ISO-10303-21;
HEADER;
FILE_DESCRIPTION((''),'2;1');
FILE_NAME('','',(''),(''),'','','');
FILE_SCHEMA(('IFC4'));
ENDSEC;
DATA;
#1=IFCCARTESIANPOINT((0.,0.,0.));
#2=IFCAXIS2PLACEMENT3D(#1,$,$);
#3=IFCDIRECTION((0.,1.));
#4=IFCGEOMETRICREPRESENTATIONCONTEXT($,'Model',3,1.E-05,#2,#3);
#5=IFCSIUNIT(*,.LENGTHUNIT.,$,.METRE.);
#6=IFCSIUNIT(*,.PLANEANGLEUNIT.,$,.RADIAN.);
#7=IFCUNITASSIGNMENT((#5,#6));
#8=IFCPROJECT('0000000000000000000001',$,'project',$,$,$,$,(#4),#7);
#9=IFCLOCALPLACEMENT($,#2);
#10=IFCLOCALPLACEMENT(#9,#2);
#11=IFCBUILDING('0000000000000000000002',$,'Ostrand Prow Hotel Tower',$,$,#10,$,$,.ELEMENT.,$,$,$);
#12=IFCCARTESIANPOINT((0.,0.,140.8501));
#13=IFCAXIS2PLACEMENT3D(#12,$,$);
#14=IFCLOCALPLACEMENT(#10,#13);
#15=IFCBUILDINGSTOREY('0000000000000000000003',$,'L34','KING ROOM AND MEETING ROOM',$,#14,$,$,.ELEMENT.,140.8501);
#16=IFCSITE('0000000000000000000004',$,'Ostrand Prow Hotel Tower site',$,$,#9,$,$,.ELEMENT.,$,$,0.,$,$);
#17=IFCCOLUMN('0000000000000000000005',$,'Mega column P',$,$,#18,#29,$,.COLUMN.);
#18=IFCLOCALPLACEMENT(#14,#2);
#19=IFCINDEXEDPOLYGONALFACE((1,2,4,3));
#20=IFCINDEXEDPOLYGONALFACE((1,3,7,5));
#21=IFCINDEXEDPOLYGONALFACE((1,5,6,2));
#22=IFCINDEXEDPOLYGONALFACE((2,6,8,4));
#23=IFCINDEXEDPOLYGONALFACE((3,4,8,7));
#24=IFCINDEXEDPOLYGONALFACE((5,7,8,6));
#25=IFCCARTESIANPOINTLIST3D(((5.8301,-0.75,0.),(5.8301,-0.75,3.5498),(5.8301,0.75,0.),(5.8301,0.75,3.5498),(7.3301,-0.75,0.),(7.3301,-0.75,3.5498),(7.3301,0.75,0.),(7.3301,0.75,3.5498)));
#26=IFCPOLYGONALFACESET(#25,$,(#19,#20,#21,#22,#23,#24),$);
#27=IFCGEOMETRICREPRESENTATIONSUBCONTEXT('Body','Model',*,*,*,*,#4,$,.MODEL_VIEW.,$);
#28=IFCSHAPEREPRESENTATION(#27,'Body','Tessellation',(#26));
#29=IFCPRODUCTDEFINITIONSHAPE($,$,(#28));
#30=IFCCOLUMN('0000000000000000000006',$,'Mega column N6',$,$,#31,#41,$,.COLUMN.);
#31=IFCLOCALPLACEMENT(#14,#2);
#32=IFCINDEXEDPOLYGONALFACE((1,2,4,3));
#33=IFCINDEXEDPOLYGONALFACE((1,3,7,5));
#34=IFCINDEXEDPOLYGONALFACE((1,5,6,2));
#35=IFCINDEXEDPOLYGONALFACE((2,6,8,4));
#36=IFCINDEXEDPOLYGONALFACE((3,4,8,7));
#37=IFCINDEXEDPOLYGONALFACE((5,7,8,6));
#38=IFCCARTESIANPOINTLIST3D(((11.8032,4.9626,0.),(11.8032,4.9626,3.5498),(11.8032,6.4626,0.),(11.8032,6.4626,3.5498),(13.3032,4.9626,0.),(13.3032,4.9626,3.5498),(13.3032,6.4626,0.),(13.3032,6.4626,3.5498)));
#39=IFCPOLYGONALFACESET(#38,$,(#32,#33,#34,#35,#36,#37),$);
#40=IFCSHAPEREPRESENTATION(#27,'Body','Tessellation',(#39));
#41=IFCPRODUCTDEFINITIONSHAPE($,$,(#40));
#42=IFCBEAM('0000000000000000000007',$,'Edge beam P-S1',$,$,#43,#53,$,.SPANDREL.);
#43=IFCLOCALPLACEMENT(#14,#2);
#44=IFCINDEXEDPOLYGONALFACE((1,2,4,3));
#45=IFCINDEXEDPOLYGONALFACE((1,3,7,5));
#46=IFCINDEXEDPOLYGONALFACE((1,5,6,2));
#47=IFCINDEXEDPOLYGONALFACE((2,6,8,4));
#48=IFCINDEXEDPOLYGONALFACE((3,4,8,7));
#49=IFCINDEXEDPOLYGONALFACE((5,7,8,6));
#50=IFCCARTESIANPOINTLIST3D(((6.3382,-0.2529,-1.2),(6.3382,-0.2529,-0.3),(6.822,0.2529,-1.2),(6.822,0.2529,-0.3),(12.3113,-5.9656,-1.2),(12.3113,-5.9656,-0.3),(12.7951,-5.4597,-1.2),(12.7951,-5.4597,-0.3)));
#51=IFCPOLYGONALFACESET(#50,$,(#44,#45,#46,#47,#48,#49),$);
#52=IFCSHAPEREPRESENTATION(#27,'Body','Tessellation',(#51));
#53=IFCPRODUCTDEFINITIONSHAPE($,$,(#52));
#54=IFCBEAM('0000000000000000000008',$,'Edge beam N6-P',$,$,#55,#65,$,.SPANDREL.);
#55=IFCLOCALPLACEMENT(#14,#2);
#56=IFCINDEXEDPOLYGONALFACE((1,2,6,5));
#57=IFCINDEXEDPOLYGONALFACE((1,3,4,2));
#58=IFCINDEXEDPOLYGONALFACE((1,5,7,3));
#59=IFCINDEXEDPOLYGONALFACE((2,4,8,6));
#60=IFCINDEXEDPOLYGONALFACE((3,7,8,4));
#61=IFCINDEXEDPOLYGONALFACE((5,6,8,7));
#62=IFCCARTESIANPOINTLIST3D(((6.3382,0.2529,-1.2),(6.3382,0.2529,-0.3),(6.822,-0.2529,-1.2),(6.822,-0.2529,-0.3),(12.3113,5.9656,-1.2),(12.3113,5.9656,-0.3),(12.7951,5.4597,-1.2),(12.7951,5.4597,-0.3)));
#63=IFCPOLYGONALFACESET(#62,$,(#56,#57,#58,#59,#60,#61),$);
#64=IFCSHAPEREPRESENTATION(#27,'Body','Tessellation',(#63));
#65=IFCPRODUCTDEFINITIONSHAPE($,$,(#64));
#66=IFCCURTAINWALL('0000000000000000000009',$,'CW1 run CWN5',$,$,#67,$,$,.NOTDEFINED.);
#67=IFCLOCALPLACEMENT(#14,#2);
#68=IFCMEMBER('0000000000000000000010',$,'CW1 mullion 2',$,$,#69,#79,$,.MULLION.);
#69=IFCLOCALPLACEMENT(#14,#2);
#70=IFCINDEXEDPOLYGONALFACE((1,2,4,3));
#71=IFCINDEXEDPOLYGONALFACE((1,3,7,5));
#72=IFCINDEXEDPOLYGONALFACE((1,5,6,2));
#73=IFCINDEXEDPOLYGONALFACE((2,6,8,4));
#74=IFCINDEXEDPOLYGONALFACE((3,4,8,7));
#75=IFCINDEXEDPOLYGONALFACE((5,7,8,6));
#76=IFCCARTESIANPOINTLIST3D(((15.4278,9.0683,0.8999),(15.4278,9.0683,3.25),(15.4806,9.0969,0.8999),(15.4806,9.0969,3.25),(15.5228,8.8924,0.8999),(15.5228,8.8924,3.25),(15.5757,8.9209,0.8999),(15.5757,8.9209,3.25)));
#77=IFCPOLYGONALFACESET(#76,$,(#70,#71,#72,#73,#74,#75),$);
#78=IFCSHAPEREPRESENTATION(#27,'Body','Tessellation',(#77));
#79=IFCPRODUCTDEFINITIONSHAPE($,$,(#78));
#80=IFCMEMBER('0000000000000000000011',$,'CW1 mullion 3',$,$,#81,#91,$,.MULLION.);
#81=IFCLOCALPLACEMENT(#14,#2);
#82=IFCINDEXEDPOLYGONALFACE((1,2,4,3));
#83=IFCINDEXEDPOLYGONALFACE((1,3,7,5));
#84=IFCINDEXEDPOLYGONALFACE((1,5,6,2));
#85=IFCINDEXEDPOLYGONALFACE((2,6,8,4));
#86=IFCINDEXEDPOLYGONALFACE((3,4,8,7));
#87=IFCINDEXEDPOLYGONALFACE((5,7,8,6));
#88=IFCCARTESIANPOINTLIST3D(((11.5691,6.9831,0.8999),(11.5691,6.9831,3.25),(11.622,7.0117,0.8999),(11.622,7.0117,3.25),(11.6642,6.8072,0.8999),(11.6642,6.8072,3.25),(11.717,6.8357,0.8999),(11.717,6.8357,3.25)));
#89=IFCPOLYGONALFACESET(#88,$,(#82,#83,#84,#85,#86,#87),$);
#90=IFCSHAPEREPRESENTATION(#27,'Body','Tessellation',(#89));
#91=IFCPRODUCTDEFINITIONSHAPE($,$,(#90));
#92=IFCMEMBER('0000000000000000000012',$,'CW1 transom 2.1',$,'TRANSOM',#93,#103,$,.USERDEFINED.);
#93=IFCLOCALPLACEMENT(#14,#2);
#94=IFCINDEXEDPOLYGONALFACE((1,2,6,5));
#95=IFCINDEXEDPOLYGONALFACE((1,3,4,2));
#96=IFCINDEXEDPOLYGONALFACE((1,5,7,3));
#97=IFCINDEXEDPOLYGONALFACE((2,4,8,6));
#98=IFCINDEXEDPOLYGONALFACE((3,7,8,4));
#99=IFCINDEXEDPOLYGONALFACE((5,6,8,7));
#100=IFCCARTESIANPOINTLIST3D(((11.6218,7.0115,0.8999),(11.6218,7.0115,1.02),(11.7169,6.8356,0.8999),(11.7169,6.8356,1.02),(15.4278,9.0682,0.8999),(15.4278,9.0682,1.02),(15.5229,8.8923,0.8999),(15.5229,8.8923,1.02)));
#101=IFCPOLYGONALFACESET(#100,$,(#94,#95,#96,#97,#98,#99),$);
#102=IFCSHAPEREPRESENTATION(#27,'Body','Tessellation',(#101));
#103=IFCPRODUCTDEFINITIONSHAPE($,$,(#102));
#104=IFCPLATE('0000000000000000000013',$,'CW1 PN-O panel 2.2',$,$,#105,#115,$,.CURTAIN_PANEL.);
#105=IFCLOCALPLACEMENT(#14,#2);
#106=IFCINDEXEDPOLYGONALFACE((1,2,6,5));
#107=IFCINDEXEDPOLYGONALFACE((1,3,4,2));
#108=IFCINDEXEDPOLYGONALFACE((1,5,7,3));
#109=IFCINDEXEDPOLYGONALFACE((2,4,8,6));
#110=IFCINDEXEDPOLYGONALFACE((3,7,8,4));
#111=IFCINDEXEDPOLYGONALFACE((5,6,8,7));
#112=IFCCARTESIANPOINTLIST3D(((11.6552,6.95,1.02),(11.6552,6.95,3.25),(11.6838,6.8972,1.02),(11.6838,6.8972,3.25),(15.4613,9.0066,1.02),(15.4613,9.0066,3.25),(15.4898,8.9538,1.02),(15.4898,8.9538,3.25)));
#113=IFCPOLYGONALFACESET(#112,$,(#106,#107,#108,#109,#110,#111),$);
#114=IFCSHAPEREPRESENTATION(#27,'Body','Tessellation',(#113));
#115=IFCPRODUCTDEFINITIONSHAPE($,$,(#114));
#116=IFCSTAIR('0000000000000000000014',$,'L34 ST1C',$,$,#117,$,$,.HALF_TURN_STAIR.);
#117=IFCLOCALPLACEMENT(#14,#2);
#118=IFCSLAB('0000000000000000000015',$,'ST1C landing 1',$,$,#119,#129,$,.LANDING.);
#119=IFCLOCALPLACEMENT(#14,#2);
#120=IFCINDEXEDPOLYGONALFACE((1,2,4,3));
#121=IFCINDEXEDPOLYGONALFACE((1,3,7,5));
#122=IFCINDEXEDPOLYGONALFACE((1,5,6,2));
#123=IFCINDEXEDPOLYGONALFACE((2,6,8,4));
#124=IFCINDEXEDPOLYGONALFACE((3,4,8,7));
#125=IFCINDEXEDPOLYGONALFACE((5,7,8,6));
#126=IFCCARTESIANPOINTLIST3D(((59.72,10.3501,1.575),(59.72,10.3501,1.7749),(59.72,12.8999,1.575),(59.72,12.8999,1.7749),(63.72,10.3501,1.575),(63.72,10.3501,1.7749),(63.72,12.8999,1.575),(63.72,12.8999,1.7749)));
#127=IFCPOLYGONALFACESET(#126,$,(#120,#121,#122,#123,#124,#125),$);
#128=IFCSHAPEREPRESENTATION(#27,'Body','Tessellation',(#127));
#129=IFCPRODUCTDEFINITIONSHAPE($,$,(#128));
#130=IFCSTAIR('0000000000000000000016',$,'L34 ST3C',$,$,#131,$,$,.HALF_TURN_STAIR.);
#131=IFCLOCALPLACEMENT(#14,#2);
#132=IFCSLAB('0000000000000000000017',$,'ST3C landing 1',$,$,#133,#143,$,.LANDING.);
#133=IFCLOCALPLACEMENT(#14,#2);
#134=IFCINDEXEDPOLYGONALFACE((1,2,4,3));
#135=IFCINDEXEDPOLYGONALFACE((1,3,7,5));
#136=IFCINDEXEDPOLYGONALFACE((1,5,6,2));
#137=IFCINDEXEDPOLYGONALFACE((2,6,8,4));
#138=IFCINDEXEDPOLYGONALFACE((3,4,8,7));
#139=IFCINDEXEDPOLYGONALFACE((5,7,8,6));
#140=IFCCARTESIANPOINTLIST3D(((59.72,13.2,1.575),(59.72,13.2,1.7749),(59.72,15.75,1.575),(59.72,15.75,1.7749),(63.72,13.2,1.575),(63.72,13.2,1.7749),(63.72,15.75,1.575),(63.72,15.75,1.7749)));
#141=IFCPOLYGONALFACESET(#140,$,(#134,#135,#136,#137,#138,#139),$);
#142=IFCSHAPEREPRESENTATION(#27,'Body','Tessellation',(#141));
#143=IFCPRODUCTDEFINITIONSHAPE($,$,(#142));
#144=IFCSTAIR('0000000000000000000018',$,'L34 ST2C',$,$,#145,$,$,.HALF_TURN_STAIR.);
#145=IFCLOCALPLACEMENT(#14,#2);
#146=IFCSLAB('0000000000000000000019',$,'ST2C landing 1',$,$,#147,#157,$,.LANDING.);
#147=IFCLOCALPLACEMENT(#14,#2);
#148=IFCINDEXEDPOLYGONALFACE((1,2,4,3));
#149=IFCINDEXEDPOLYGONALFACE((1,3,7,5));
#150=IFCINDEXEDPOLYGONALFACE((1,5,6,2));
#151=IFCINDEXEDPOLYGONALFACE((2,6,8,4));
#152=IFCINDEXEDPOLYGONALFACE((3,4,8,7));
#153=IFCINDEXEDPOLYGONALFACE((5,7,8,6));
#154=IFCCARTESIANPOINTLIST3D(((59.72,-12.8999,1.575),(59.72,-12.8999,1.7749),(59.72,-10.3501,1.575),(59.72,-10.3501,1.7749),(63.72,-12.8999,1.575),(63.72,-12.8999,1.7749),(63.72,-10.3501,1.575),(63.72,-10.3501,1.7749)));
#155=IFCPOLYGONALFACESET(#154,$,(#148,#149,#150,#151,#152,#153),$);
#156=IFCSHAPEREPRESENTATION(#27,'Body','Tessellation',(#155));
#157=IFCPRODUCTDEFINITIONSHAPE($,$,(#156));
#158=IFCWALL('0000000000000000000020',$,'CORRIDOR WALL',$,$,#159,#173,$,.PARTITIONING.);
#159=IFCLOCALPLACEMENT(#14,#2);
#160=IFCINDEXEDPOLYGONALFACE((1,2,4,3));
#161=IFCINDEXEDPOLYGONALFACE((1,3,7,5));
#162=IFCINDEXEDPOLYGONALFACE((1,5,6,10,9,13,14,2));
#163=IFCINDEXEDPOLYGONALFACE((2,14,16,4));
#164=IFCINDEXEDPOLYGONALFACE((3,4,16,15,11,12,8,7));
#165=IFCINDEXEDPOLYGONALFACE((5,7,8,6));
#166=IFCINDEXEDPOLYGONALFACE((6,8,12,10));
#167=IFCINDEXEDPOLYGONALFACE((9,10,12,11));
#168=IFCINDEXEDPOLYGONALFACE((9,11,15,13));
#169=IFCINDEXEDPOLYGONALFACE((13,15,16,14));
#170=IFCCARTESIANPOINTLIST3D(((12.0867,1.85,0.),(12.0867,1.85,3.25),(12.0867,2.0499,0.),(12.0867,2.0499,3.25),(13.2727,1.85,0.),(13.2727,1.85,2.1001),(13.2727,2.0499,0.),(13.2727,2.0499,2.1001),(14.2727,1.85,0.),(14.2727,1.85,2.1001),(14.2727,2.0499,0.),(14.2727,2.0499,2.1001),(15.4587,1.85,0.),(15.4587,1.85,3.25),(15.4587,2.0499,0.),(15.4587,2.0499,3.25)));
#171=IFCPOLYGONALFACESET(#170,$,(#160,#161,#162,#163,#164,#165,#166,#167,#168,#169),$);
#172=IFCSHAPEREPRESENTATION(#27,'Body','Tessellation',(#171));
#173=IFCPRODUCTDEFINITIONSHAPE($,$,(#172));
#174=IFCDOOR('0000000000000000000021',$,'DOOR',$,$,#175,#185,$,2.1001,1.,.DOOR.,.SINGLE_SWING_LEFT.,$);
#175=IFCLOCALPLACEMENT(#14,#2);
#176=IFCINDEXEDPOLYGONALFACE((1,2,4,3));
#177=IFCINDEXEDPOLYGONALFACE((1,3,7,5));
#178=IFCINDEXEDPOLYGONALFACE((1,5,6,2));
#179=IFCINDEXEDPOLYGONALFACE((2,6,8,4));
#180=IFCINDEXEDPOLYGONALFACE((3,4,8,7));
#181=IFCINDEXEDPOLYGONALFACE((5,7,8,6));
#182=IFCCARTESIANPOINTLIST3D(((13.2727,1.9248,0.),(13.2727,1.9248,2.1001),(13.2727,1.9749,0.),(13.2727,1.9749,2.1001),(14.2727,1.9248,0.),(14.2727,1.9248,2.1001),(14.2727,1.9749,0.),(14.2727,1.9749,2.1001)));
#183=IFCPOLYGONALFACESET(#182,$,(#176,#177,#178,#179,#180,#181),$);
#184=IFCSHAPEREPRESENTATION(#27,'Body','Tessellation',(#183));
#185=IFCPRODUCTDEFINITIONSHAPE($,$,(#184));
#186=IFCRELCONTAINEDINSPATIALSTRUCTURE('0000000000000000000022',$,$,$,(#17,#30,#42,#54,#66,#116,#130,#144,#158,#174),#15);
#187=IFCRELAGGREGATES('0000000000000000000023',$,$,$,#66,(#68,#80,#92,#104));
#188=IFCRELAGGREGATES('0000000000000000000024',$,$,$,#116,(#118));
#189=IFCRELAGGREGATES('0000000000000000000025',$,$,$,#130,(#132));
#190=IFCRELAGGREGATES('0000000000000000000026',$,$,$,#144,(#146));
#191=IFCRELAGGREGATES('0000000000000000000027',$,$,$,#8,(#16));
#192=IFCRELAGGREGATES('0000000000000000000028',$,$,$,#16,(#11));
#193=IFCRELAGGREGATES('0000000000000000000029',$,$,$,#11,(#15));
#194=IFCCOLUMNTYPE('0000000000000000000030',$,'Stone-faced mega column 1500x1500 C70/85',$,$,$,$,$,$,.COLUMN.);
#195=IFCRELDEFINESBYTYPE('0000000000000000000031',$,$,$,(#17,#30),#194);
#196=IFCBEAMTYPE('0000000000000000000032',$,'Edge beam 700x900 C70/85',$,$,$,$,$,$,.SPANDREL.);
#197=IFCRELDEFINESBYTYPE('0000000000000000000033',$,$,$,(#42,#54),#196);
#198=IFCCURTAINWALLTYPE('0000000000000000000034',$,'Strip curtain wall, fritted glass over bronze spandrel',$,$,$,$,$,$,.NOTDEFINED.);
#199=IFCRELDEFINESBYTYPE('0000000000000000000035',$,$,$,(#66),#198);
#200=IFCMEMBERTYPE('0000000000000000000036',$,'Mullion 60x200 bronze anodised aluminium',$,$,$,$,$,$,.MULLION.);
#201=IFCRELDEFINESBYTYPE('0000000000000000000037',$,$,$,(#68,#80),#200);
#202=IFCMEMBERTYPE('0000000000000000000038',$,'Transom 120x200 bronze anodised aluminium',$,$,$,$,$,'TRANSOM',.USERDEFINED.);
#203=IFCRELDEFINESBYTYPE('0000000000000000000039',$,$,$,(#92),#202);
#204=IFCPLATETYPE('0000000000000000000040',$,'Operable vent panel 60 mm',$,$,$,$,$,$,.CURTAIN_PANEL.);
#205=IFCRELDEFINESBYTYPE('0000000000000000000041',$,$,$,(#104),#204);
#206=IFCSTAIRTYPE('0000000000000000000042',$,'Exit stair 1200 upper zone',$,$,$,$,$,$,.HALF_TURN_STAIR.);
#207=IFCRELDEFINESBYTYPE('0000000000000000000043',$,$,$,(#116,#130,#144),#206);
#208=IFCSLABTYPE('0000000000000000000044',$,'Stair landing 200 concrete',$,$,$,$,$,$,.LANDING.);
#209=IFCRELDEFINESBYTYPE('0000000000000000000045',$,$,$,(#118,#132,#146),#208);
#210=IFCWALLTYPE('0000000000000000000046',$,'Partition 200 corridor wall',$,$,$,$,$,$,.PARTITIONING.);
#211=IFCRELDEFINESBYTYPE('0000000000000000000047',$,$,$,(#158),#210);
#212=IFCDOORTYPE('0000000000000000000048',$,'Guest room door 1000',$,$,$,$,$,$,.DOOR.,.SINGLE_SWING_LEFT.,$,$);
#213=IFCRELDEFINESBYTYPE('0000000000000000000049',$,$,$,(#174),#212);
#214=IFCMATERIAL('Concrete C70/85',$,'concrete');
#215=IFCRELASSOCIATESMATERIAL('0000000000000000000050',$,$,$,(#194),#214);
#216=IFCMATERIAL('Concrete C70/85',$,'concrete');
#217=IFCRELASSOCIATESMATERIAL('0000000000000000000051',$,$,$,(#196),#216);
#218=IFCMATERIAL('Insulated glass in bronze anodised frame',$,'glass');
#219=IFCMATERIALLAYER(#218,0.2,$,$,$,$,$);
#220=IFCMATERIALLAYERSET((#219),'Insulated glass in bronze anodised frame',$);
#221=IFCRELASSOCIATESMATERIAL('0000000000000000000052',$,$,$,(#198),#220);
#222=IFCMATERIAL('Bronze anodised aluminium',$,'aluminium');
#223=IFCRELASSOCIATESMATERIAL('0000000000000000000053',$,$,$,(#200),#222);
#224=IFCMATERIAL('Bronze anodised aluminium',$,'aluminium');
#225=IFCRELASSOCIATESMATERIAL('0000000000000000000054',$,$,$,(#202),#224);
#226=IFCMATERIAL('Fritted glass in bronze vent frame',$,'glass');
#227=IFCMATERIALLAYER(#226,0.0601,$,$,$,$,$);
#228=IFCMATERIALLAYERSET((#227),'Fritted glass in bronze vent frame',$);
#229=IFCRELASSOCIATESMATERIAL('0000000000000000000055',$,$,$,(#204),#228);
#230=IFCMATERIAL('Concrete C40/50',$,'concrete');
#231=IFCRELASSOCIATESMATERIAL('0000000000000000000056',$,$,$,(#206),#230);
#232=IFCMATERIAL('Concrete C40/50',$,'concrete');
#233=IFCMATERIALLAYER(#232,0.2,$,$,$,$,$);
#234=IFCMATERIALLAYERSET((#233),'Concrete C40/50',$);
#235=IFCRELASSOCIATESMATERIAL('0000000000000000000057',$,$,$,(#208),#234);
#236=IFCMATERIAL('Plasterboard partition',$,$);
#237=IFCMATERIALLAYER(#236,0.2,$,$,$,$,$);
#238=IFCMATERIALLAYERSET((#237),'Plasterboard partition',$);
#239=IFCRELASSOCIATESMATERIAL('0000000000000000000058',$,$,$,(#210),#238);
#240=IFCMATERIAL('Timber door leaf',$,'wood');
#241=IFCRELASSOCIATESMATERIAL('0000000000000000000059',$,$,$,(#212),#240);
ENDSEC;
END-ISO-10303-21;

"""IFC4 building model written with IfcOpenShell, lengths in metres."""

from ifc_helpers import new_model, si_unit, direction, frame, frame_2d, origin, origin_2d, place, context, subcontext, project, spatial, polyline, rectangle, outline, extrude, material, layer, layer_set, material_profile, profile_set, type_object, element, fill, aggregate, save


model = new_model("IFC4")

# Units and contexts
model_context = context("Model", 3, precision=1e-05, world=origin(), true_north=direction((0.0, 1.0)))
body_context = subcontext(model_context, "Body", "Model", "MODEL_VIEW")
ifc_project = project(units=[si_unit("LENGTHUNIT", "METRE"), si_unit("PLANEANGLEUNIT", "RADIAN")], contexts=[model_context])

# Site, building, storey
site_placement = place(None, origin())
site = spatial("IfcSite", under=ifc_project, at=site_placement, Name="Ostrand Prow Hotel Tower site", CompositionType="ELEMENT", RefElevation=0.0)
building_placement = place(site_placement, origin())
building = spatial("IfcBuilding", under=site, at=building_placement, Name="Ostrand Prow Hotel Tower", CompositionType="ELEMENT")
storey_placement = place(building_placement, frame((0.0, 0.0, 140.8501)))
storey = spatial("IfcBuildingStorey", under=building, at=storey_placement, Name="L34", Description="KING ROOM AND MEETING ROOM", CompositionType="ELEMENT", Elevation=140.8501)

# Columns
ifc_material_1 = material(Name="Concrete C70/85", Category="concrete")
ifc_material_profile_1 = material_profile(ifc_material_1, rectangle(XDim=1.5, YDim=1.5, at=origin_2d()), Name="RC 1500x1500")
ifc_profile_set_1 = profile_set([ifc_material_profile_1], Name="Concrete C70/85")
column_type = type_object("IfcColumnType", Name="Stone-faced mega column 1500x1500 C70/85", PredefinedType="COLUMN", material=ifc_profile_set_1)
for number, where, z_axis, x_axis, name in (
    (1, (6.5801, 0.0, 0.0), (0.0, 0.0, 1.0), (1.0, 0.0, 0.0), "Mega column P"),
    (2, (12.5532, 5.7126, 0.0), (0.0, 0.0, 1.0), (1.0, 0.0, 0.0), "Mega column N6"),
):
    element("IfcColumn", number, at=place(storey_placement, frame(where, z_axis=z_axis, x_axis=x_axis)), inside=storey, type_object=column_type, Name=name, PredefinedType="COLUMN", context=body_context, shape_type="SweptSolid", body=[
        extrude(rectangle(XDim=1.5, YDim=1.5, at=origin_2d()), origin(), (0.0, 0.0, 1.0), 3.5498),
    ])

# Beams
ifc_material_2 = material(Name="Concrete C70/85", Category="concrete")
ifc_material_profile_2 = material_profile(ifc_material_2, rectangle(XDim=0.7, YDim=0.8999, at=origin_2d()), Name="RC 700x900")
ifc_profile_set_2 = profile_set([ifc_material_profile_2], Name="Concrete C70/85")
beam_type = type_object("IfcBeamType", Name="Edge beam 700x900 C70/85", PredefinedType="SPANDREL", material=ifc_profile_set_2)
for number, where, z_axis, x_axis, name in (
    (3, (6.5801, 0.0, -0.75), (0.72269, -0.691172, 0.0), (0.691172, 0.72269, 0.0), "Edge beam P-S1"),
    (4, (12.5532, 5.7126, -0.75), (-0.72269, -0.691172, 0.0), (0.691172, -0.72269, 0.0), "Edge beam N6-P"),
):
    element("IfcBeam", number, at=place(storey_placement, frame(where, z_axis=z_axis, x_axis=x_axis)), inside=storey, type_object=beam_type, Name=name, PredefinedType="SPANDREL", context=body_context, shape_type="SweptSolid", body=[
        extrude(rectangle(XDim=0.7, YDim=0.8999, at=origin_2d()), origin(), (0.0, 0.0, 1.0), 8.2651),
    ])

# Curtain wall, members, plate
ifc_material_3 = material(Name="Insulated glass in bronze anodised frame", Category="glass")
ifc_layer_1 = layer(ifc_material_3, 0.2)
ifc_layer_set_1 = layer_set([ifc_layer_1], Name="Insulated glass in bronze anodised frame")
curtain_wall_type = type_object("IfcCurtainWallType", Name="Strip curtain wall, fritted glass over bronze spandrel", PredefinedType="NOTDEFINED", material=ifc_layer_set_1)
curtain_wall_placement = place(storey_placement, origin())
curtain_wall = element("IfcCurtainWall", 5, at=curtain_wall_placement, inside=storey, type_object=curtain_wall_type, Name="CW1 run CWN5", PredefinedType="NOTDEFINED")
ifc_material_4 = material(Name="Bronze anodised aluminium", Category="aluminium")
ifc_material_profile_3 = material_profile(ifc_material_4, rectangle(XDim=0.2, YDim=0.0601, at=origin_2d()), Name="Mullion 60x200 bronze anodised aluminium")
ifc_profile_set_3 = profile_set([ifc_material_profile_3], Name="Bronze anodised aluminium")
member_type_1 = type_object("IfcMemberType", Name="Mullion 60x200 bronze anodised aluminium", PredefinedType="MULLION", material=ifc_profile_set_3)
member_1_placement = place(storey_placement, frame((15.5017, 8.9946, 0.8999), z_axis=(0.0, 0.0, 1.0), x_axis=(0.475394, -0.879773, 0.0)))
member_1 = element("IfcMember", 6, at=member_1_placement, type_object=member_type_1, Name="CW1 mullion 2", PredefinedType="MULLION", context=body_context, shape_type="SweptSolid", body=[
    extrude(rectangle(XDim=0.2, YDim=0.0601, at=origin_2d()), origin(), (0.0, 0.0, 1.0), 2.3501),
])
member_2_placement = place(storey_placement, frame((11.6431, 6.9094, 0.8999), z_axis=(0.0, 0.0, 1.0), x_axis=(0.475394, -0.879773, 0.0)))
member_2 = element("IfcMember", 7, at=member_2_placement, type_object=member_type_1, Name="CW1 mullion 3", PredefinedType="MULLION", context=body_context, shape_type="SweptSolid", body=[
    extrude(rectangle(XDim=0.2, YDim=0.0601, at=origin_2d()), origin(), (0.0, 0.0, 1.0), 2.3501),
])
ifc_material_5 = material(Name="Bronze anodised aluminium", Category="aluminium")
ifc_material_profile_4 = material_profile(ifc_material_5, rectangle(XDim=0.2, YDim=0.1201, at=origin_2d()), Name="Transom 120x200 bronze anodised aluminium")
ifc_profile_set_4 = profile_set([ifc_material_profile_4], Name="Bronze anodised aluminium")
member_type_2 = type_object("IfcMemberType", Name="Transom 120x200 bronze anodised aluminium", ElementType="TRANSOM", PredefinedType="USERDEFINED", material=ifc_profile_set_4)
member_3_placement = place(storey_placement, frame((15.4753, 8.9802, 0.96), z_axis=(-0.879765, -0.475408, 0.0), x_axis=(0.475408, -0.879765, 0.0)))
member_3 = element("IfcMember", 8, at=member_3_placement, type_object=member_type_2, Name="CW1 transom 2.1", ObjectType="TRANSOM", PredefinedType="USERDEFINED", context=body_context, shape_type="SweptSolid", body=[
    extrude(rectangle(XDim=0.2, YDim=0.1201, at=origin_2d()), origin(), (0.0, 0.0, 1.0), 4.3262),
])
ifc_material_6 = material(Name="Fritted glass in bronze vent frame", Category="glass")
ifc_layer_2 = layer(ifc_material_6, 0.0601)
ifc_layer_set_2 = layer_set([ifc_layer_2], Name="Fritted glass in bronze vent frame")
plate_type = type_object("IfcPlateType", Name="Operable vent panel 60 mm", PredefinedType="CURTAIN_PANEL", material=ifc_layer_set_2)
plate_placement = place(storey_placement, frame((13.5725, 7.9519, 1.02), z_axis=(0.0, 0.0, 1.0), x_axis=(-0.879773, -0.475394, 0.0)))
plate = element("IfcPlate", 9, at=plate_placement, type_object=plate_type, Name="CW1 PN-O panel 2.2", PredefinedType="CURTAIN_PANEL", context=body_context, shape_type="SweptSolid", body=[
    extrude(rectangle(XDim=4.3262, YDim=0.0601, at=origin_2d()), origin(), (0.0, 0.0, 1.0), 2.23),
])
aggregate(curtain_wall, [member_1, member_2, member_3, plate])

# Stairs, slabs
ifc_material_7 = material(Name="Concrete C40/50", Category="concrete")
stair_type = type_object("IfcStairType", Name="Exit stair 1200 upper zone", PredefinedType="HALF_TURN_STAIR", material=ifc_material_7)
stair_1_placement = place(storey_placement, origin())
stair_1 = element("IfcStair", 10, at=stair_1_placement, inside=storey, type_object=stair_type, Name="L34 ST1C", PredefinedType="HALF_TURN_STAIR")
ifc_material_8 = material(Name="Concrete C40/50", Category="concrete")
ifc_layer_3 = layer(ifc_material_8, 0.2)
ifc_layer_set_3 = layer_set([ifc_layer_3], Name="Concrete C40/50")
slab_type = type_object("IfcSlabType", Name="Stair landing 200 concrete", PredefinedType="LANDING", material=ifc_layer_set_3)
slab_1_placement = place(storey_placement, frame((0.0, 0.0, 1.575)))
slab_1 = element("IfcSlab", 11, at=slab_1_placement, type_object=slab_type, Name="ST1C landing 1", PredefinedType="LANDING", context=body_context, shape_type="SweptSolid", body=[
    extrude(outline(polyline([(59.72, 10.3501), (63.72, 10.3501), (63.72, 12.8999), (59.72, 12.8999), (59.72, 10.3501)])), origin(), (0.0, 0.0, 1.0), 0.2),
])
aggregate(stair_1, [slab_1])
stair_2_placement = place(storey_placement, origin())
stair_2 = element("IfcStair", 12, at=stair_2_placement, inside=storey, type_object=stair_type, Name="L34 ST3C", PredefinedType="HALF_TURN_STAIR")
slab_2_placement = place(storey_placement, frame((0.0, 0.0, 1.575)))
slab_2 = element("IfcSlab", 13, at=slab_2_placement, type_object=slab_type, Name="ST3C landing 1", PredefinedType="LANDING", context=body_context, shape_type="SweptSolid", body=[
    extrude(outline(polyline([(59.72, 13.2), (63.72, 13.2), (63.72, 15.75), (59.72, 15.75), (59.72, 13.2)])), origin(), (0.0, 0.0, 1.0), 0.2),
])
aggregate(stair_2, [slab_2])
stair_3_placement = place(storey_placement, origin())
stair_3 = element("IfcStair", 14, at=stair_3_placement, inside=storey, type_object=stair_type, Name="L34 ST2C", PredefinedType="HALF_TURN_STAIR")
slab_3_placement = place(storey_placement, frame((0.0, 0.0, 1.575)))
slab_3 = element("IfcSlab", 15, at=slab_3_placement, type_object=slab_type, Name="ST2C landing 1", PredefinedType="LANDING", context=body_context, shape_type="SweptSolid", body=[
    extrude(outline(polyline([(59.72, -12.8999), (63.72, -12.8999), (63.72, -10.3501), (59.72, -10.3501), (59.72, -12.8999)])), origin(), (0.0, 0.0, 1.0), 0.2),
])
aggregate(stair_3, [slab_3])

# Wall, opening, door
ifc_material_9 = material(Name="Plasterboard partition")
ifc_layer_4 = layer(ifc_material_9, 0.2)
ifc_layer_set_4 = layer_set([ifc_layer_4], Name="Plasterboard partition")
wall_type_1 = type_object("IfcWallType", Name="Partition 200 corridor wall", PredefinedType="PARTITIONING", material=ifc_layer_set_4)
wall_1_placement = place(storey_placement, frame((12.0867, 1.95, 0.0), z_axis=(0.0, 0.0, 1.0), x_axis=(1.0, 0.0, 0.0)))
wall_1 = element("IfcWall", 16, at=wall_1_placement, inside=storey, type_object=wall_type_1, Name="CORRIDOR WALL", PredefinedType="PARTITIONING", context=body_context, shape_type="SweptSolid", body=[
    extrude(rectangle(XDim=3.3721, YDim=0.2, at=frame_2d((1.686, 0.0))), origin(), (0.0, 0.0, 1.0), 3.25),
])
opening_1_placement = place(wall_1_placement, frame((1.186, 0.0, 0.0)))
opening_1 = element("IfcOpeningElement", 17, at=opening_1_placement, cuts=wall_1, PredefinedType="OPENING", context=body_context, shape_type="SweptSolid", body=[
    extrude(rectangle(XDim=1.0, YDim=2.1001, at=frame_2d((0.5, 1.05))), frame((0.0, 0.1099, 0.0), z_axis=(0.0, -1.0, 0.0), x_axis=(1.0, 0.0, 0.0)), (0.0, 0.0, 1.0), 0.22),
])
ifc_material_10 = material(Name="Timber door leaf", Category="wood")
door_type = type_object("IfcDoorType", Name="Guest room door 1000", OperationType="SINGLE_SWING_LEFT", PredefinedType="DOOR", material=ifc_material_10)
door_placement = place(opening_1_placement, origin())
door = element("IfcDoor", 18, at=door_placement, inside=storey, type_object=door_type, Name="DOOR", OperationType="SINGLE_SWING_LEFT", OverallHeight=2.1001, OverallWidth=1.0, PredefinedType="DOOR", context=body_context, shape_type="SweptSolid", body=[
    extrude(rectangle(XDim=1.0, YDim=2.1001, at=frame_2d((0.5, 1.05))), frame((0.0, 0.0249, 0.0), z_axis=(0.0, -1.0, 0.0), x_axis=(1.0, 0.0, 0.0)), (0.0, 0.0, 1.0), 0.05),
])
fill(opening_1, door)

save(model, "model.ifc")
